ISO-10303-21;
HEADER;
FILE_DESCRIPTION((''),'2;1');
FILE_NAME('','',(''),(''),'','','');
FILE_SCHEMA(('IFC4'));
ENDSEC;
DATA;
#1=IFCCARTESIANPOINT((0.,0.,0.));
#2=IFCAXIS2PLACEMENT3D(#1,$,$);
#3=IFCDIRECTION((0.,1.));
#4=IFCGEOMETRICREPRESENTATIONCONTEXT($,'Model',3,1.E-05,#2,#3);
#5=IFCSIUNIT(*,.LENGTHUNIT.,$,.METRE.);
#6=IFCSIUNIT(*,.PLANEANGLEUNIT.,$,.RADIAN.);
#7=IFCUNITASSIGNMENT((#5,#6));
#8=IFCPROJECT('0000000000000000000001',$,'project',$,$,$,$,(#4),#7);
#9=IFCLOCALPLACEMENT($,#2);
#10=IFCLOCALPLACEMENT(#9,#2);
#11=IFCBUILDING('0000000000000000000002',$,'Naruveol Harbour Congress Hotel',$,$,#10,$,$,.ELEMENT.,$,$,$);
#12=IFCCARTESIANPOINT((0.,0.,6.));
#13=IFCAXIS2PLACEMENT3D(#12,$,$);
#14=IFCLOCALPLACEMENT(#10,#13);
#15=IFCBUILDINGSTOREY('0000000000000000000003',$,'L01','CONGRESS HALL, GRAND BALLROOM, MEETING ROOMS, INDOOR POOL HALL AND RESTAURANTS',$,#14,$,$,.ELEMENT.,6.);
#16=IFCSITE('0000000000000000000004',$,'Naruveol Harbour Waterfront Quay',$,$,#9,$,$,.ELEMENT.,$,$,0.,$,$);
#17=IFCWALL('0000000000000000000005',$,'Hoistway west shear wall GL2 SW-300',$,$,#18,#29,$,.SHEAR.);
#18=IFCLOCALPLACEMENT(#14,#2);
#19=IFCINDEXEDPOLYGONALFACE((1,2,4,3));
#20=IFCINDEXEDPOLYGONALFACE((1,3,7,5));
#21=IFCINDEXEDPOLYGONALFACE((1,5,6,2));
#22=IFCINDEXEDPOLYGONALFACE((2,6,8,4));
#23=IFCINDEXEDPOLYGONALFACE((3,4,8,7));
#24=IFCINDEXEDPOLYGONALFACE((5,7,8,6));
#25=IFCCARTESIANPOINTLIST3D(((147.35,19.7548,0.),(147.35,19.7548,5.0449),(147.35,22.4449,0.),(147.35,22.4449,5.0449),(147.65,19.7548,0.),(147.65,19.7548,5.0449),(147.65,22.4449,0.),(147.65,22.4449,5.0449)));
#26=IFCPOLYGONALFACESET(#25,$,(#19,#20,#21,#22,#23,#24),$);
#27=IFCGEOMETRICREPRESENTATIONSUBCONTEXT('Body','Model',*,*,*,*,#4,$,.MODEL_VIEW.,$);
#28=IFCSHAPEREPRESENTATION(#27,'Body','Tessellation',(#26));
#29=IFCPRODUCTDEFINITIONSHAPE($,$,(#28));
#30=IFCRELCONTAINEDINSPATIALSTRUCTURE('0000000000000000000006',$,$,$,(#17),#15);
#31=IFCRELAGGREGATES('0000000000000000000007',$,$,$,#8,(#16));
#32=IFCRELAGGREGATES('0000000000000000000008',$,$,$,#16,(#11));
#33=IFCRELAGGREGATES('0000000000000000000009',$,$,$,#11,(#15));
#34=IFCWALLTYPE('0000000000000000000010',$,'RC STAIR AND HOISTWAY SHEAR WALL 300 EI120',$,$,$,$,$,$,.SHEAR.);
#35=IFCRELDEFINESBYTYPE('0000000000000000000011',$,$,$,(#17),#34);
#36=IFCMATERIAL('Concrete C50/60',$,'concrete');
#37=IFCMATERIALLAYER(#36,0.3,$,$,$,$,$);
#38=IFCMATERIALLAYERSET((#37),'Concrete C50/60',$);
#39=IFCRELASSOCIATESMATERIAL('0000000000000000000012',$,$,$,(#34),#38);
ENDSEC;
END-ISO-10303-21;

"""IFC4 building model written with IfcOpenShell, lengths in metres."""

from ifc_helpers import new_model, si_unit, direction, frame, frame_2d, origin, place, context, subcontext, project, spatial, rectangle, extrude, material, layer, layer_set, type_object, element, save


model = new_model("IFC4")

# Units and contexts
model_context = context("Model", 3, precision=1e-05, world=origin(), true_north=direction((0.0, 1.0)))
body_context = subcontext(model_context, "Body", "Model", "MODEL_VIEW")
ifc_project = project(units=[si_unit("LENGTHUNIT", "METRE"), si_unit("PLANEANGLEUNIT", "RADIAN")], contexts=[model_context])

# Site, building, storey
site_placement = place(None, origin())
site = spatial("IfcSite", under=ifc_project, at=site_placement, Name="Naruveol Harbour Waterfront Quay", CompositionType="ELEMENT", RefElevation=0.0)
building_placement = place(site_placement, origin())
building = spatial("IfcBuilding", under=site, at=building_placement, Name="Naruveol Harbour Congress Hotel", CompositionType="ELEMENT")
storey_placement = place(building_placement, frame((0.0, 0.0, 6.0)))
storey = spatial("IfcBuildingStorey", under=building, at=storey_placement, Name="L01", Description="CONGRESS HALL, GRAND BALLROOM, MEETING ROOMS, INDOOR POOL HALL AND RESTAURANTS", CompositionType="ELEMENT", Elevation=6.0)

# Wall
ifc_material_1 = material(Name="Concrete C50/60", Category="concrete")
ifc_layer_1 = layer(ifc_material_1, 0.3)
ifc_layer_set_1 = layer_set([ifc_layer_1], Name="Concrete C50/60")
wall_type_1 = type_object("IfcWallType", Name="RC STAIR AND HOISTWAY SHEAR WALL 300 EI120", PredefinedType="SHEAR", material=ifc_layer_set_1)
wall_1_placement = place(storey_placement, frame((147.5, 22.4451, 0.0), z_axis=(0.0, 0.0, 1.0), x_axis=(0.0, -1.0, 0.0)))
element("IfcWall", 1, at=wall_1_placement, inside=storey, type_object=wall_type_1, Name="Hoistway west shear wall GL2 SW-300", PredefinedType="SHEAR", context=body_context, shape_type="SweptSolid", body=[
    extrude(rectangle(XDim=2.6902, YDim=0.3, at=frame_2d((1.3452, 0.0))), origin(), (0.0, 0.0, 1.0), 5.0449),
])

save(model, "model.ifc")
